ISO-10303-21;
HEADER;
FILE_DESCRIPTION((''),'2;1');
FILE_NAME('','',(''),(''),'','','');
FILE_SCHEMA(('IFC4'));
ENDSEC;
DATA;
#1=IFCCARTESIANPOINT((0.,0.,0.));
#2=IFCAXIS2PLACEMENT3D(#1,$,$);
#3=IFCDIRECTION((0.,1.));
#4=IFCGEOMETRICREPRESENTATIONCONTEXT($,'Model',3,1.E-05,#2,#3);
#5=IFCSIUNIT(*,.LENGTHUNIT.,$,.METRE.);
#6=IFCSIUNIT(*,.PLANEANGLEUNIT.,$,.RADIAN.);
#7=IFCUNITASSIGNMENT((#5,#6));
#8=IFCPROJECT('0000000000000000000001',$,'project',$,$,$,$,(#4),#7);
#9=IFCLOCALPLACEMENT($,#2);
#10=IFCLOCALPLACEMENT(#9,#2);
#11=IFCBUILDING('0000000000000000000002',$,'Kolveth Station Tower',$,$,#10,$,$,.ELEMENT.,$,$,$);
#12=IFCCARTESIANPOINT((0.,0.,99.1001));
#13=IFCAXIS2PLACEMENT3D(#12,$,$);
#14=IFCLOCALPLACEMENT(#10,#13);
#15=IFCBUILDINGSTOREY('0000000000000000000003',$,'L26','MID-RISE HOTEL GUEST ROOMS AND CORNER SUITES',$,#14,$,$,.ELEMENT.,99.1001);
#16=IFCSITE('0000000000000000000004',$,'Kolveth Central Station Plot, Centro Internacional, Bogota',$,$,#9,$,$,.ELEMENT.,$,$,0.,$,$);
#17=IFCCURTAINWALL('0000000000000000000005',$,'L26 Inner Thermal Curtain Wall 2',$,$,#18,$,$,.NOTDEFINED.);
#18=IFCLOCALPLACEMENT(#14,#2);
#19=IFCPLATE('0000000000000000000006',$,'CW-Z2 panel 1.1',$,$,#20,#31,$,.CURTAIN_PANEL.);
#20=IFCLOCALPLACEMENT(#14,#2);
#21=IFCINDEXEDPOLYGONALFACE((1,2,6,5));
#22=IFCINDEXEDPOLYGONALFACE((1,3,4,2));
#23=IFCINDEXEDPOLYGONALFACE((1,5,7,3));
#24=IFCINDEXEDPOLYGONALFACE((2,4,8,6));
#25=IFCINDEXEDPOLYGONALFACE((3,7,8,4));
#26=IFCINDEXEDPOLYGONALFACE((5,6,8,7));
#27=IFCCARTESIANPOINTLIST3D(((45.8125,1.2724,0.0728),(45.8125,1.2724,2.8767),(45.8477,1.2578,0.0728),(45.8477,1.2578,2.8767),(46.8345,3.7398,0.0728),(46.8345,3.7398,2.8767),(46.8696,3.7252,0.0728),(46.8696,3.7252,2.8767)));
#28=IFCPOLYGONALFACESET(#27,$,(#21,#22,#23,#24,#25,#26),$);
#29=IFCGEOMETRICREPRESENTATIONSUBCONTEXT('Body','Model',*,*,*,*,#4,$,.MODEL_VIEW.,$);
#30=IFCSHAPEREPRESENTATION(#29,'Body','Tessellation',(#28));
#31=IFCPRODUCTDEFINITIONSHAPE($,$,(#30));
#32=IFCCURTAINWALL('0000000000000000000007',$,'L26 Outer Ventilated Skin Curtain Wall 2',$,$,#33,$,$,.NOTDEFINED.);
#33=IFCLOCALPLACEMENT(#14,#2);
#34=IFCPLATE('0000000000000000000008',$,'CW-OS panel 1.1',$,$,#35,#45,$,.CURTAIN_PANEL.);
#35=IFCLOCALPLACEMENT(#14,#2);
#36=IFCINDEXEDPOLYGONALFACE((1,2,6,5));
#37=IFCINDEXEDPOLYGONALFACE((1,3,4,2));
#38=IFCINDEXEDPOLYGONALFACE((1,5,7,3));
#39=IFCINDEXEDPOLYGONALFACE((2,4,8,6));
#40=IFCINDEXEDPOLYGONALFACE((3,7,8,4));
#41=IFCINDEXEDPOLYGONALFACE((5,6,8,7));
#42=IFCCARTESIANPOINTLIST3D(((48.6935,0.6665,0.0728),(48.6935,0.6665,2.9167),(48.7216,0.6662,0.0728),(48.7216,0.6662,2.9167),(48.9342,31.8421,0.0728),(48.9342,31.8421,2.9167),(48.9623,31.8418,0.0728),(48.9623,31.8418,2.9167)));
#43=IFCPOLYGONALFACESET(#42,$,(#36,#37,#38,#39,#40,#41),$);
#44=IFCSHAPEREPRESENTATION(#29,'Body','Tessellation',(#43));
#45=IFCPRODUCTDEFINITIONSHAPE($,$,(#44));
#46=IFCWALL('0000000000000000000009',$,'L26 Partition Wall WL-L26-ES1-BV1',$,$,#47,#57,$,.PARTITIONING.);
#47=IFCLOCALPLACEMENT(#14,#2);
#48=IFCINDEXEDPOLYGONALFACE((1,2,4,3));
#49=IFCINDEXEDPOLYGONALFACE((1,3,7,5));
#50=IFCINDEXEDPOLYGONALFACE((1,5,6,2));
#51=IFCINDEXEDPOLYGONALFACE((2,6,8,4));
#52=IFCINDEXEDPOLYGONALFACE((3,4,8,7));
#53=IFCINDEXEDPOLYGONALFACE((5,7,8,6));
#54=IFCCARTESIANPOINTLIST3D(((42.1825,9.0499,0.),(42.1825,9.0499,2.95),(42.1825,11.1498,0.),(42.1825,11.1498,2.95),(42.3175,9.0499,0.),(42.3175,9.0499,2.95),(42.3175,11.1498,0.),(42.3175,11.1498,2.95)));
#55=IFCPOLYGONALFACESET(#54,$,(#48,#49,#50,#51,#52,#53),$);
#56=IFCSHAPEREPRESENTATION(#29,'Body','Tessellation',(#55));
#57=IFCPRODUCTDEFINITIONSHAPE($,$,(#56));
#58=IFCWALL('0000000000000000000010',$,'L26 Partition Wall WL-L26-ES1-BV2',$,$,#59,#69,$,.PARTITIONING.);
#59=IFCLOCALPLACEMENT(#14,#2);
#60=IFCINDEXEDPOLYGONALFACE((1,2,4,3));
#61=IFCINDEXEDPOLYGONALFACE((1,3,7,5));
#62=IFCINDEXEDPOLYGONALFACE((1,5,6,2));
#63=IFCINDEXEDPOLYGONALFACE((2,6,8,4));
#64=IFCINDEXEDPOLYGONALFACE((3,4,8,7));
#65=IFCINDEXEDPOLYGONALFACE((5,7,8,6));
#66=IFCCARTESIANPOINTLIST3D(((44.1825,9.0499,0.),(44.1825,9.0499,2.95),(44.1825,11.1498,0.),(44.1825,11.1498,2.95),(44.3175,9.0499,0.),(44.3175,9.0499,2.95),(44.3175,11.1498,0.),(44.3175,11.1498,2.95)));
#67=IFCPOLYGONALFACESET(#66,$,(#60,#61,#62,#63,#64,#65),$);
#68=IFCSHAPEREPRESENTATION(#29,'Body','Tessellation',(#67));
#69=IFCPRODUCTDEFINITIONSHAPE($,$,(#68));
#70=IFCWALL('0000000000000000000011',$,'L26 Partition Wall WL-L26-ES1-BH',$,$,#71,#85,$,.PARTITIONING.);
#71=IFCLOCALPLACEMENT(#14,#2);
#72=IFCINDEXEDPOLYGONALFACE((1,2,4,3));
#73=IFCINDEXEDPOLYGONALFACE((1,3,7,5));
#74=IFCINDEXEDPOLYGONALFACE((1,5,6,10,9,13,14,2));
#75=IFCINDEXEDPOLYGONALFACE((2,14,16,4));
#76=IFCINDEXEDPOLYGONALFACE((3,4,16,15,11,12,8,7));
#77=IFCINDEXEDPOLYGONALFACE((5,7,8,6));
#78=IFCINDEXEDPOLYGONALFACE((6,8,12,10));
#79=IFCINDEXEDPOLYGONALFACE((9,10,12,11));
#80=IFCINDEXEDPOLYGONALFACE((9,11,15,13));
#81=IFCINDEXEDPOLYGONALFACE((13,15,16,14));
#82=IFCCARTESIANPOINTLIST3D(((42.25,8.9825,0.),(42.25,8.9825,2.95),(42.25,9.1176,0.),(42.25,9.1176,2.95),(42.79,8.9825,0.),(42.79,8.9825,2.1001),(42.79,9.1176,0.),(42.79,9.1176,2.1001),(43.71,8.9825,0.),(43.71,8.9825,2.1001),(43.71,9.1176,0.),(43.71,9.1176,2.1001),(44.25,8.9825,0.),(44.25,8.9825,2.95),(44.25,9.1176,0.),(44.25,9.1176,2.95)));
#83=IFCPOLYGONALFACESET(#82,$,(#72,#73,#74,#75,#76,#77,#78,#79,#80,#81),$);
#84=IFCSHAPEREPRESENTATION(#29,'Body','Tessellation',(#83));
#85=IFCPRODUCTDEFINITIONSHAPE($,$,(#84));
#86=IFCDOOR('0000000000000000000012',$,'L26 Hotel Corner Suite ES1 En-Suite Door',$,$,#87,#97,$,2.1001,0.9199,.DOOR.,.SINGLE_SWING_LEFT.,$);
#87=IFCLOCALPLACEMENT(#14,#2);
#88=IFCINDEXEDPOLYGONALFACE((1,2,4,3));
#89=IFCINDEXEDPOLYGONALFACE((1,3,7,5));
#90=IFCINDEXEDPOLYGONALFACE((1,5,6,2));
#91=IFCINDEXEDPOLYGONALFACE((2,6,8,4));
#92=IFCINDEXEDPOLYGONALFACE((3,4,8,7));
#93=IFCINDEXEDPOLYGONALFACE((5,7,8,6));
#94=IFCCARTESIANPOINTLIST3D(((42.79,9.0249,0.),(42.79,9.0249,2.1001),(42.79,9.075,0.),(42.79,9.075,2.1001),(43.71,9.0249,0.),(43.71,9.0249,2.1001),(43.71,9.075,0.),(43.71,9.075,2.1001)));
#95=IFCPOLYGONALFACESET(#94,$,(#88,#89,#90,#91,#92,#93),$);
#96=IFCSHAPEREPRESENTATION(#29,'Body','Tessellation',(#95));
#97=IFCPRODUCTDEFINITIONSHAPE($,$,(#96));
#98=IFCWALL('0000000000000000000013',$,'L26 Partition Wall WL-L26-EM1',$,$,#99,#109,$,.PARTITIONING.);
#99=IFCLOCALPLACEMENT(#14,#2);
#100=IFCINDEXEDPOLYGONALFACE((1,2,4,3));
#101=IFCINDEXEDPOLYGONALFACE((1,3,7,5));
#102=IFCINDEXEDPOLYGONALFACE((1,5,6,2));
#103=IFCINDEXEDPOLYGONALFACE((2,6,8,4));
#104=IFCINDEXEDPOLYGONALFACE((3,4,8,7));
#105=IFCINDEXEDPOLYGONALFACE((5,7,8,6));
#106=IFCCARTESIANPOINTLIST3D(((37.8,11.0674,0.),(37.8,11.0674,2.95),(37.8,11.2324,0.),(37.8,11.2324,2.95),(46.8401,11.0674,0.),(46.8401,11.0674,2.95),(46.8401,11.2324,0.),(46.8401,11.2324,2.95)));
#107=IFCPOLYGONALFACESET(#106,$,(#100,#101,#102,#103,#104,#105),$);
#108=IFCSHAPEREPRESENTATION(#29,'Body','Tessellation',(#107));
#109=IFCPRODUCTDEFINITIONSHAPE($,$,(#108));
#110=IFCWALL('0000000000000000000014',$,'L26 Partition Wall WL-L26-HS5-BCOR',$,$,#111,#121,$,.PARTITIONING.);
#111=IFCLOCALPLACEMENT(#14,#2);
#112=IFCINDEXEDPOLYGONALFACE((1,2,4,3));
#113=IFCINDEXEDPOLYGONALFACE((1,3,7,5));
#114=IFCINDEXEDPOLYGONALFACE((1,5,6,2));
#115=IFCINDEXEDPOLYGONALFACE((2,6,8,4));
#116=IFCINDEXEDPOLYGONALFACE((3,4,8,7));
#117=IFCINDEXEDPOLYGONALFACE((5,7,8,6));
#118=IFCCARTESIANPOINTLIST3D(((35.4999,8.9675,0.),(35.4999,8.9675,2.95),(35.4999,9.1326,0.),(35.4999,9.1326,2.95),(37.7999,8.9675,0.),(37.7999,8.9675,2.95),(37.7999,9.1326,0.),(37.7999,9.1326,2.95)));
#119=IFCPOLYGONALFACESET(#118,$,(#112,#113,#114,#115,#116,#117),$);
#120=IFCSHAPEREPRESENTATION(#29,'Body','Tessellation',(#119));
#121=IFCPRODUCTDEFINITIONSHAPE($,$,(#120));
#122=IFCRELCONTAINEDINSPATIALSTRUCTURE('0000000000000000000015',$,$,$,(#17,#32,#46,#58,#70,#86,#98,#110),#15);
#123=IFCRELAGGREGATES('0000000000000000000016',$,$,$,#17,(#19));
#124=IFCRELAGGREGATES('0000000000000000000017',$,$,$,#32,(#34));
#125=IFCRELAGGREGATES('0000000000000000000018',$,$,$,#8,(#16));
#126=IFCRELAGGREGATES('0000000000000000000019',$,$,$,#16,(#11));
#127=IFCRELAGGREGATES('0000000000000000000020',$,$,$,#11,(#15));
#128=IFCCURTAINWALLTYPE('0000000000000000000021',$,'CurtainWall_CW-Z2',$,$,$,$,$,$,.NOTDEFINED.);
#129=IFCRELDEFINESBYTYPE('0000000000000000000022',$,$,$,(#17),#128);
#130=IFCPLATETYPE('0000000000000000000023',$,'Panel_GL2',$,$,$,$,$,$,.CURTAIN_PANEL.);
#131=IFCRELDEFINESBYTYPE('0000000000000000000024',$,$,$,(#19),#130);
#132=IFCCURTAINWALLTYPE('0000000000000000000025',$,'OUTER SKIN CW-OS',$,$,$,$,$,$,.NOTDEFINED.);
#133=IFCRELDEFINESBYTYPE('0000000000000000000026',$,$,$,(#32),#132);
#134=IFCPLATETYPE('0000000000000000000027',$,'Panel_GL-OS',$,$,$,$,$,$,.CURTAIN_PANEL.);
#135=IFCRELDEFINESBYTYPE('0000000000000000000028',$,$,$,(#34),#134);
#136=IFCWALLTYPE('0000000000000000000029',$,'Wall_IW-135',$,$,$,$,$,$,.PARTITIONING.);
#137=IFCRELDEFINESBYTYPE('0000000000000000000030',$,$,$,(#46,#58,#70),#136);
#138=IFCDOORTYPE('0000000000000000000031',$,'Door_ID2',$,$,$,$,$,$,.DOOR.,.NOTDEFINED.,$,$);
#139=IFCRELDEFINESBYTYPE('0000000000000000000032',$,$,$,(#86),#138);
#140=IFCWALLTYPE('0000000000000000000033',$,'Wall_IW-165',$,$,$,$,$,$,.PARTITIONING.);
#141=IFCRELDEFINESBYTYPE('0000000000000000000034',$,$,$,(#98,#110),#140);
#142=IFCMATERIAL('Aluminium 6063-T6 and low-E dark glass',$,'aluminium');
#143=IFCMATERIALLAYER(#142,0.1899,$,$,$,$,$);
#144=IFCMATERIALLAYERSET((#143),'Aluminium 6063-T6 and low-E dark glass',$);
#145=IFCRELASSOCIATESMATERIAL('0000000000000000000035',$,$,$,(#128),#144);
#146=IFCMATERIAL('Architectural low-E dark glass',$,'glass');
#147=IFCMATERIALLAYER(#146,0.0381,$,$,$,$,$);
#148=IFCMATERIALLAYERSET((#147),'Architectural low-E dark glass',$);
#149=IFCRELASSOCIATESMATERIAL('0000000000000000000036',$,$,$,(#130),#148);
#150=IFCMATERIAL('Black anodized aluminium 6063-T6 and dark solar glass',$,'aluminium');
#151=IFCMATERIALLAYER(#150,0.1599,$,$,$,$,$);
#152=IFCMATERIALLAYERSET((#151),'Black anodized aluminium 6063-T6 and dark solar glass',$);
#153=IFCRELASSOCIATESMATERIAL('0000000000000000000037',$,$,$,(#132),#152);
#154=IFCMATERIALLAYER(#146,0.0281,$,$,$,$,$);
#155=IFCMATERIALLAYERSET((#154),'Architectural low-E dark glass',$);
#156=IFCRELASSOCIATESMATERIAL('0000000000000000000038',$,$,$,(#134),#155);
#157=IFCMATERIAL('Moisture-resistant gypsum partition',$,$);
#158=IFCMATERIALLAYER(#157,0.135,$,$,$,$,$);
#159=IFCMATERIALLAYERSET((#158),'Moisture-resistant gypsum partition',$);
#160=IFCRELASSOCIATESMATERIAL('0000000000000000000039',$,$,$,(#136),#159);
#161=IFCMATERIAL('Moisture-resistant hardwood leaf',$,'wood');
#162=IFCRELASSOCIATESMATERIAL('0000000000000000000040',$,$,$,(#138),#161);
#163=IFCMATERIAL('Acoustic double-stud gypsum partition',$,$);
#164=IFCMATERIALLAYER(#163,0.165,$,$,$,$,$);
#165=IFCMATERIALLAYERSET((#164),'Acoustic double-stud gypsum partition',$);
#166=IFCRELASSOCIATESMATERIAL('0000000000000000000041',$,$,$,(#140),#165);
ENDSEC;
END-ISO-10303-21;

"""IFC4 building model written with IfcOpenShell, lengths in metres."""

from ifc_helpers import new_model, si_unit, direction, frame, frame_2d, origin, origin_2d, place, context, subcontext, project, spatial, rectangle, extrude, source, transform, mapped, material, layer, layer_set, type_object, element, fill, aggregate, save


model = new_model("IFC4")

# Units and contexts
model_context = context("Model", 3, precision=1e-05, world=origin(), true_north=direction((0.0, 1.0)))
body_context = subcontext(model_context, "Body", "Model", "MODEL_VIEW")
ifc_project = project(units=[si_unit("LENGTHUNIT", "METRE"), si_unit("PLANEANGLEUNIT", "RADIAN")], contexts=[model_context])

# Site, building, storey
site_placement = place(None, origin())
site = spatial("IfcSite", under=ifc_project, at=site_placement, Name="Kolveth Central Station Plot, Centro Internacional, Bogota", CompositionType="ELEMENT", RefElevation=0.0)
building_placement = place(site_placement, origin())
building = spatial("IfcBuilding", under=site, at=building_placement, Name="Kolveth Station Tower", CompositionType="ELEMENT")
storey_placement = place(building_placement, frame((0.0, 0.0, 99.1001)))
storey = spatial("IfcBuildingStorey", under=building, at=storey_placement, Name="L26", Description="MID-RISE HOTEL GUEST ROOMS AND CORNER SUITES", CompositionType="ELEMENT", Elevation=99.1001)

# Curtain wall
ifc_material_1 = material(Name="Aluminium 6063-T6 and low-E dark glass", Category="aluminium")
ifc_layer_1 = layer(ifc_material_1, 0.1899)
ifc_layer_set_1 = layer_set([ifc_layer_1], Name="Aluminium 6063-T6 and low-E dark glass")
curtain_wall_type_1 = type_object("IfcCurtainWallType", Name="CurtainWall_CW-Z2", PredefinedType="NOTDEFINED", material=ifc_layer_set_1)
curtain_wall_1_placement = place(storey_placement, origin())
curtain_wall_1 = element("IfcCurtainWall", 1, at=curtain_wall_1_placement, inside=storey, type_object=curtain_wall_type_1, Name="L26 Inner Thermal Curtain Wall 2", PredefinedType="NOTDEFINED")

# Plate
ifc_material_2 = material(Name="Architectural low-E dark glass", Category="glass")
ifc_layer_2 = layer(ifc_material_2, 0.0381)
ifc_layer_set_2 = layer_set([ifc_layer_2], Name="Architectural low-E dark glass")
plate_type_1 = type_object("IfcPlateType", Name="Panel_GL2", PredefinedType="CURTAIN_PANEL", material=ifc_layer_set_2)
shared_shape_1 = source(origin(), body_context, "Body", "SweptSolid", [
    extrude(rectangle(XDim=2.6707, YDim=0.0381, at=origin_2d()), origin(), (0.0, 0.0, 1.0), 2.804),
])
plate_1_placement = place(storey_placement, frame((46.3411, 2.4988, 0.0728), z_axis=(0.0, 0.0, 1.0), x_axis=(0.382663, 0.923888, 0.0)))
plate_1 = element("IfcPlate", 2, at=plate_1_placement, type_object=plate_type_1, Name="CW-Z2 panel 1.1", PredefinedType="CURTAIN_PANEL", context=body_context, shape_type="MappedRepresentation", body=[
    mapped(shared_shape_1, transform((0.0, 0.0, 0.0), x_axis=(1.0, 0.0, 0.0), y_axis=(0.0, 1.0, 0.0), z_axis=(0.0, 0.0, 1.0), scale=1.0)),
])
aggregate(curtain_wall_1, [plate_1])

# Curtain wall, plate
ifc_material_3 = material(Name="Black anodized aluminium 6063-T6 and dark solar glass", Category="aluminium")
ifc_layer_3 = layer(ifc_material_3, 0.1599)
ifc_layer_set_3 = layer_set([ifc_layer_3], Name="Black anodized aluminium 6063-T6 and dark solar glass")
curtain_wall_type_2 = type_object("IfcCurtainWallType", Name="OUTER SKIN CW-OS", PredefinedType="NOTDEFINED", material=ifc_layer_set_3)
curtain_wall_2_placement = place(storey_placement, origin())
curtain_wall_2 = element("IfcCurtainWall", 3, at=curtain_wall_2_placement, inside=storey, type_object=curtain_wall_type_2, Name="L26 Outer Ventilated Skin Curtain Wall 2", PredefinedType="NOTDEFINED")
ifc_layer_4 = layer(ifc_material_2, 0.0281)
ifc_layer_set_4 = layer_set([ifc_layer_4], Name="Architectural low-E dark glass")
plate_type_2 = type_object("IfcPlateType", Name="Panel_GL-OS", PredefinedType="CURTAIN_PANEL", material=ifc_layer_set_4)
shared_shape_2 = source(origin(), body_context, "Body", "SweptSolid", [
    extrude(rectangle(XDim=31.1765, YDim=0.0281, at=origin_2d()), origin(), (0.0, 0.0, 1.0), 2.844),
])
plate_2_placement = place(storey_placement, frame((48.8279, 16.2542, 0.0728), z_axis=(0.0, 0.0, 1.0), x_axis=(0.007721, 0.99997, 0.0)))
plate_2 = element("IfcPlate", 4, at=plate_2_placement, type_object=plate_type_2, Name="CW-OS panel 1.1", PredefinedType="CURTAIN_PANEL", context=body_context, shape_type="MappedRepresentation", body=[
    mapped(shared_shape_2, transform((0.0, 0.0, 0.0), x_axis=(1.0, 0.0, 0.0), y_axis=(0.0, 1.0, 0.0), z_axis=(0.0, 0.0, 1.0), scale=1.0)),
])
aggregate(curtain_wall_2, [plate_2])

# Walls
ifc_material_4 = material(Name="Moisture-resistant gypsum partition")
ifc_layer_5 = layer(ifc_material_4, 0.135)
ifc_layer_set_5 = layer_set([ifc_layer_5], Name="Moisture-resistant gypsum partition")
wall_type_1 = type_object("IfcWallType", Name="Wall_IW-135", PredefinedType="PARTITIONING", material=ifc_layer_set_5)
for number, where, z_axis, x_axis, name in (
    (5, (42.25, 9.05, 0.0), (0.0, 0.0, 1.0), (0.0, 1.0, 0.0), "L26 Partition Wall WL-L26-ES1-BV1"),
    (6, (44.25, 9.05, 0.0), (0.0, 0.0, 1.0), (0.0, 1.0, 0.0), "L26 Partition Wall WL-L26-ES1-BV2"),
):
    element("IfcWall", number, at=place(storey_placement, frame(where, z_axis=z_axis, x_axis=x_axis)), inside=storey, type_object=wall_type_1, Name=name, PredefinedType="PARTITIONING", context=body_context, shape_type="SweptSolid", body=[
        extrude(rectangle(XDim=2.0999, YDim=0.135, at=frame_2d((1.0498, 0.0))), origin(), (0.0, 0.0, 1.0), 2.95),
    ])

# Wall, opening, door
wall_1_placement = place(storey_placement, frame((42.25, 9.05, 0.0), z_axis=(0.0, 0.0, 1.0), x_axis=(1.0, 0.0, 0.0)))
wall_1 = element("IfcWall", 7, at=wall_1_placement, inside=storey, type_object=wall_type_1, Name="L26 Partition Wall WL-L26-ES1-BH", PredefinedType="PARTITIONING", context=body_context, shape_type="SweptSolid", body=[
    extrude(rectangle(XDim=2.0, YDim=0.135, at=frame_2d((1.0, 0.0))), origin(), (0.0, 0.0, 1.0), 2.95),
])
opening_placement = place(wall_1_placement, frame((0.54, 0.0, 0.0)))
opening = element("IfcOpeningElement", 8, at=opening_placement, cuts=wall_1, PredefinedType="OPENING", context=body_context, shape_type="SweptSolid", body=[
    extrude(rectangle(XDim=0.9199, YDim=2.1001, at=frame_2d((0.46, 1.05))), frame((0.0, 0.0774, 0.0), z_axis=(0.0, -1.0, 0.0), x_axis=(1.0, 0.0, 0.0)), (0.0, 0.0, 1.0), 0.155),
])
ifc_material_5 = material(Name="Moisture-resistant hardwood leaf", Category="wood")
door_type = type_object("IfcDoorType", Name="Door_ID2", OperationType="NOTDEFINED", PredefinedType="DOOR", material=ifc_material_5)
door_placement = place(opening_placement, origin())
door = element("IfcDoor", 9, at=door_placement, inside=storey, type_object=door_type, Name="L26 Hotel Corner Suite ES1 En-Suite Door", OperationType="SINGLE_SWING_LEFT", OverallHeight=2.1001, OverallWidth=0.9199, PredefinedType="DOOR", context=body_context, shape_type="SweptSolid", body=[
    extrude(rectangle(XDim=0.9199, YDim=2.1001, at=frame_2d((0.46, 1.05))), frame((0.0, 0.0249, 0.0), z_axis=(0.0, -1.0, 0.0), x_axis=(1.0, 0.0, 0.0)), (0.0, 0.0, 1.0), 0.05),
])
fill(opening, door)

# Walls
ifc_material_6 = material(Name="Acoustic double-stud gypsum partition")
ifc_layer_6 = layer(ifc_material_6, 0.165)
ifc_layer_set_6 = layer_set([ifc_layer_6], Name="Acoustic double-stud gypsum partition")
wall_type_2 = type_object("IfcWallType", Name="Wall_IW-165", PredefinedType="PARTITIONING", material=ifc_layer_set_6)
wall_2_placement = place(storey_placement, frame((37.8, 11.1499, 0.0), z_axis=(0.0, 0.0, 1.0), x_axis=(1.0, 0.0, 0.0)))
element("IfcWall", 10, at=wall_2_placement, inside=storey, type_object=wall_type_2, Name="L26 Partition Wall WL-L26-EM1", PredefinedType="PARTITIONING", context=body_context, shape_type="SweptSolid", body=[
    extrude(rectangle(XDim=9.04, YDim=0.165, at=frame_2d((4.52, 0.0))), origin(), (0.0, 0.0, 1.0), 2.95),
])
wall_3_placement = place(storey_placement, frame((35.5, 9.05, 0.0), z_axis=(0.0, 0.0, 1.0), x_axis=(1.0, 0.0, 0.0)))
element("IfcWall", 11, at=wall_3_placement, inside=storey, type_object=wall_type_2, Name="L26 Partition Wall WL-L26-HS5-BCOR", PredefinedType="PARTITIONING", context=body_context, shape_type="SweptSolid", body=[
    extrude(rectangle(XDim=2.3, YDim=0.165, at=frame_2d((1.1499, 0.0))), origin(), (0.0, 0.0, 1.0), 2.95),
])

save(model, "model.ifc")
